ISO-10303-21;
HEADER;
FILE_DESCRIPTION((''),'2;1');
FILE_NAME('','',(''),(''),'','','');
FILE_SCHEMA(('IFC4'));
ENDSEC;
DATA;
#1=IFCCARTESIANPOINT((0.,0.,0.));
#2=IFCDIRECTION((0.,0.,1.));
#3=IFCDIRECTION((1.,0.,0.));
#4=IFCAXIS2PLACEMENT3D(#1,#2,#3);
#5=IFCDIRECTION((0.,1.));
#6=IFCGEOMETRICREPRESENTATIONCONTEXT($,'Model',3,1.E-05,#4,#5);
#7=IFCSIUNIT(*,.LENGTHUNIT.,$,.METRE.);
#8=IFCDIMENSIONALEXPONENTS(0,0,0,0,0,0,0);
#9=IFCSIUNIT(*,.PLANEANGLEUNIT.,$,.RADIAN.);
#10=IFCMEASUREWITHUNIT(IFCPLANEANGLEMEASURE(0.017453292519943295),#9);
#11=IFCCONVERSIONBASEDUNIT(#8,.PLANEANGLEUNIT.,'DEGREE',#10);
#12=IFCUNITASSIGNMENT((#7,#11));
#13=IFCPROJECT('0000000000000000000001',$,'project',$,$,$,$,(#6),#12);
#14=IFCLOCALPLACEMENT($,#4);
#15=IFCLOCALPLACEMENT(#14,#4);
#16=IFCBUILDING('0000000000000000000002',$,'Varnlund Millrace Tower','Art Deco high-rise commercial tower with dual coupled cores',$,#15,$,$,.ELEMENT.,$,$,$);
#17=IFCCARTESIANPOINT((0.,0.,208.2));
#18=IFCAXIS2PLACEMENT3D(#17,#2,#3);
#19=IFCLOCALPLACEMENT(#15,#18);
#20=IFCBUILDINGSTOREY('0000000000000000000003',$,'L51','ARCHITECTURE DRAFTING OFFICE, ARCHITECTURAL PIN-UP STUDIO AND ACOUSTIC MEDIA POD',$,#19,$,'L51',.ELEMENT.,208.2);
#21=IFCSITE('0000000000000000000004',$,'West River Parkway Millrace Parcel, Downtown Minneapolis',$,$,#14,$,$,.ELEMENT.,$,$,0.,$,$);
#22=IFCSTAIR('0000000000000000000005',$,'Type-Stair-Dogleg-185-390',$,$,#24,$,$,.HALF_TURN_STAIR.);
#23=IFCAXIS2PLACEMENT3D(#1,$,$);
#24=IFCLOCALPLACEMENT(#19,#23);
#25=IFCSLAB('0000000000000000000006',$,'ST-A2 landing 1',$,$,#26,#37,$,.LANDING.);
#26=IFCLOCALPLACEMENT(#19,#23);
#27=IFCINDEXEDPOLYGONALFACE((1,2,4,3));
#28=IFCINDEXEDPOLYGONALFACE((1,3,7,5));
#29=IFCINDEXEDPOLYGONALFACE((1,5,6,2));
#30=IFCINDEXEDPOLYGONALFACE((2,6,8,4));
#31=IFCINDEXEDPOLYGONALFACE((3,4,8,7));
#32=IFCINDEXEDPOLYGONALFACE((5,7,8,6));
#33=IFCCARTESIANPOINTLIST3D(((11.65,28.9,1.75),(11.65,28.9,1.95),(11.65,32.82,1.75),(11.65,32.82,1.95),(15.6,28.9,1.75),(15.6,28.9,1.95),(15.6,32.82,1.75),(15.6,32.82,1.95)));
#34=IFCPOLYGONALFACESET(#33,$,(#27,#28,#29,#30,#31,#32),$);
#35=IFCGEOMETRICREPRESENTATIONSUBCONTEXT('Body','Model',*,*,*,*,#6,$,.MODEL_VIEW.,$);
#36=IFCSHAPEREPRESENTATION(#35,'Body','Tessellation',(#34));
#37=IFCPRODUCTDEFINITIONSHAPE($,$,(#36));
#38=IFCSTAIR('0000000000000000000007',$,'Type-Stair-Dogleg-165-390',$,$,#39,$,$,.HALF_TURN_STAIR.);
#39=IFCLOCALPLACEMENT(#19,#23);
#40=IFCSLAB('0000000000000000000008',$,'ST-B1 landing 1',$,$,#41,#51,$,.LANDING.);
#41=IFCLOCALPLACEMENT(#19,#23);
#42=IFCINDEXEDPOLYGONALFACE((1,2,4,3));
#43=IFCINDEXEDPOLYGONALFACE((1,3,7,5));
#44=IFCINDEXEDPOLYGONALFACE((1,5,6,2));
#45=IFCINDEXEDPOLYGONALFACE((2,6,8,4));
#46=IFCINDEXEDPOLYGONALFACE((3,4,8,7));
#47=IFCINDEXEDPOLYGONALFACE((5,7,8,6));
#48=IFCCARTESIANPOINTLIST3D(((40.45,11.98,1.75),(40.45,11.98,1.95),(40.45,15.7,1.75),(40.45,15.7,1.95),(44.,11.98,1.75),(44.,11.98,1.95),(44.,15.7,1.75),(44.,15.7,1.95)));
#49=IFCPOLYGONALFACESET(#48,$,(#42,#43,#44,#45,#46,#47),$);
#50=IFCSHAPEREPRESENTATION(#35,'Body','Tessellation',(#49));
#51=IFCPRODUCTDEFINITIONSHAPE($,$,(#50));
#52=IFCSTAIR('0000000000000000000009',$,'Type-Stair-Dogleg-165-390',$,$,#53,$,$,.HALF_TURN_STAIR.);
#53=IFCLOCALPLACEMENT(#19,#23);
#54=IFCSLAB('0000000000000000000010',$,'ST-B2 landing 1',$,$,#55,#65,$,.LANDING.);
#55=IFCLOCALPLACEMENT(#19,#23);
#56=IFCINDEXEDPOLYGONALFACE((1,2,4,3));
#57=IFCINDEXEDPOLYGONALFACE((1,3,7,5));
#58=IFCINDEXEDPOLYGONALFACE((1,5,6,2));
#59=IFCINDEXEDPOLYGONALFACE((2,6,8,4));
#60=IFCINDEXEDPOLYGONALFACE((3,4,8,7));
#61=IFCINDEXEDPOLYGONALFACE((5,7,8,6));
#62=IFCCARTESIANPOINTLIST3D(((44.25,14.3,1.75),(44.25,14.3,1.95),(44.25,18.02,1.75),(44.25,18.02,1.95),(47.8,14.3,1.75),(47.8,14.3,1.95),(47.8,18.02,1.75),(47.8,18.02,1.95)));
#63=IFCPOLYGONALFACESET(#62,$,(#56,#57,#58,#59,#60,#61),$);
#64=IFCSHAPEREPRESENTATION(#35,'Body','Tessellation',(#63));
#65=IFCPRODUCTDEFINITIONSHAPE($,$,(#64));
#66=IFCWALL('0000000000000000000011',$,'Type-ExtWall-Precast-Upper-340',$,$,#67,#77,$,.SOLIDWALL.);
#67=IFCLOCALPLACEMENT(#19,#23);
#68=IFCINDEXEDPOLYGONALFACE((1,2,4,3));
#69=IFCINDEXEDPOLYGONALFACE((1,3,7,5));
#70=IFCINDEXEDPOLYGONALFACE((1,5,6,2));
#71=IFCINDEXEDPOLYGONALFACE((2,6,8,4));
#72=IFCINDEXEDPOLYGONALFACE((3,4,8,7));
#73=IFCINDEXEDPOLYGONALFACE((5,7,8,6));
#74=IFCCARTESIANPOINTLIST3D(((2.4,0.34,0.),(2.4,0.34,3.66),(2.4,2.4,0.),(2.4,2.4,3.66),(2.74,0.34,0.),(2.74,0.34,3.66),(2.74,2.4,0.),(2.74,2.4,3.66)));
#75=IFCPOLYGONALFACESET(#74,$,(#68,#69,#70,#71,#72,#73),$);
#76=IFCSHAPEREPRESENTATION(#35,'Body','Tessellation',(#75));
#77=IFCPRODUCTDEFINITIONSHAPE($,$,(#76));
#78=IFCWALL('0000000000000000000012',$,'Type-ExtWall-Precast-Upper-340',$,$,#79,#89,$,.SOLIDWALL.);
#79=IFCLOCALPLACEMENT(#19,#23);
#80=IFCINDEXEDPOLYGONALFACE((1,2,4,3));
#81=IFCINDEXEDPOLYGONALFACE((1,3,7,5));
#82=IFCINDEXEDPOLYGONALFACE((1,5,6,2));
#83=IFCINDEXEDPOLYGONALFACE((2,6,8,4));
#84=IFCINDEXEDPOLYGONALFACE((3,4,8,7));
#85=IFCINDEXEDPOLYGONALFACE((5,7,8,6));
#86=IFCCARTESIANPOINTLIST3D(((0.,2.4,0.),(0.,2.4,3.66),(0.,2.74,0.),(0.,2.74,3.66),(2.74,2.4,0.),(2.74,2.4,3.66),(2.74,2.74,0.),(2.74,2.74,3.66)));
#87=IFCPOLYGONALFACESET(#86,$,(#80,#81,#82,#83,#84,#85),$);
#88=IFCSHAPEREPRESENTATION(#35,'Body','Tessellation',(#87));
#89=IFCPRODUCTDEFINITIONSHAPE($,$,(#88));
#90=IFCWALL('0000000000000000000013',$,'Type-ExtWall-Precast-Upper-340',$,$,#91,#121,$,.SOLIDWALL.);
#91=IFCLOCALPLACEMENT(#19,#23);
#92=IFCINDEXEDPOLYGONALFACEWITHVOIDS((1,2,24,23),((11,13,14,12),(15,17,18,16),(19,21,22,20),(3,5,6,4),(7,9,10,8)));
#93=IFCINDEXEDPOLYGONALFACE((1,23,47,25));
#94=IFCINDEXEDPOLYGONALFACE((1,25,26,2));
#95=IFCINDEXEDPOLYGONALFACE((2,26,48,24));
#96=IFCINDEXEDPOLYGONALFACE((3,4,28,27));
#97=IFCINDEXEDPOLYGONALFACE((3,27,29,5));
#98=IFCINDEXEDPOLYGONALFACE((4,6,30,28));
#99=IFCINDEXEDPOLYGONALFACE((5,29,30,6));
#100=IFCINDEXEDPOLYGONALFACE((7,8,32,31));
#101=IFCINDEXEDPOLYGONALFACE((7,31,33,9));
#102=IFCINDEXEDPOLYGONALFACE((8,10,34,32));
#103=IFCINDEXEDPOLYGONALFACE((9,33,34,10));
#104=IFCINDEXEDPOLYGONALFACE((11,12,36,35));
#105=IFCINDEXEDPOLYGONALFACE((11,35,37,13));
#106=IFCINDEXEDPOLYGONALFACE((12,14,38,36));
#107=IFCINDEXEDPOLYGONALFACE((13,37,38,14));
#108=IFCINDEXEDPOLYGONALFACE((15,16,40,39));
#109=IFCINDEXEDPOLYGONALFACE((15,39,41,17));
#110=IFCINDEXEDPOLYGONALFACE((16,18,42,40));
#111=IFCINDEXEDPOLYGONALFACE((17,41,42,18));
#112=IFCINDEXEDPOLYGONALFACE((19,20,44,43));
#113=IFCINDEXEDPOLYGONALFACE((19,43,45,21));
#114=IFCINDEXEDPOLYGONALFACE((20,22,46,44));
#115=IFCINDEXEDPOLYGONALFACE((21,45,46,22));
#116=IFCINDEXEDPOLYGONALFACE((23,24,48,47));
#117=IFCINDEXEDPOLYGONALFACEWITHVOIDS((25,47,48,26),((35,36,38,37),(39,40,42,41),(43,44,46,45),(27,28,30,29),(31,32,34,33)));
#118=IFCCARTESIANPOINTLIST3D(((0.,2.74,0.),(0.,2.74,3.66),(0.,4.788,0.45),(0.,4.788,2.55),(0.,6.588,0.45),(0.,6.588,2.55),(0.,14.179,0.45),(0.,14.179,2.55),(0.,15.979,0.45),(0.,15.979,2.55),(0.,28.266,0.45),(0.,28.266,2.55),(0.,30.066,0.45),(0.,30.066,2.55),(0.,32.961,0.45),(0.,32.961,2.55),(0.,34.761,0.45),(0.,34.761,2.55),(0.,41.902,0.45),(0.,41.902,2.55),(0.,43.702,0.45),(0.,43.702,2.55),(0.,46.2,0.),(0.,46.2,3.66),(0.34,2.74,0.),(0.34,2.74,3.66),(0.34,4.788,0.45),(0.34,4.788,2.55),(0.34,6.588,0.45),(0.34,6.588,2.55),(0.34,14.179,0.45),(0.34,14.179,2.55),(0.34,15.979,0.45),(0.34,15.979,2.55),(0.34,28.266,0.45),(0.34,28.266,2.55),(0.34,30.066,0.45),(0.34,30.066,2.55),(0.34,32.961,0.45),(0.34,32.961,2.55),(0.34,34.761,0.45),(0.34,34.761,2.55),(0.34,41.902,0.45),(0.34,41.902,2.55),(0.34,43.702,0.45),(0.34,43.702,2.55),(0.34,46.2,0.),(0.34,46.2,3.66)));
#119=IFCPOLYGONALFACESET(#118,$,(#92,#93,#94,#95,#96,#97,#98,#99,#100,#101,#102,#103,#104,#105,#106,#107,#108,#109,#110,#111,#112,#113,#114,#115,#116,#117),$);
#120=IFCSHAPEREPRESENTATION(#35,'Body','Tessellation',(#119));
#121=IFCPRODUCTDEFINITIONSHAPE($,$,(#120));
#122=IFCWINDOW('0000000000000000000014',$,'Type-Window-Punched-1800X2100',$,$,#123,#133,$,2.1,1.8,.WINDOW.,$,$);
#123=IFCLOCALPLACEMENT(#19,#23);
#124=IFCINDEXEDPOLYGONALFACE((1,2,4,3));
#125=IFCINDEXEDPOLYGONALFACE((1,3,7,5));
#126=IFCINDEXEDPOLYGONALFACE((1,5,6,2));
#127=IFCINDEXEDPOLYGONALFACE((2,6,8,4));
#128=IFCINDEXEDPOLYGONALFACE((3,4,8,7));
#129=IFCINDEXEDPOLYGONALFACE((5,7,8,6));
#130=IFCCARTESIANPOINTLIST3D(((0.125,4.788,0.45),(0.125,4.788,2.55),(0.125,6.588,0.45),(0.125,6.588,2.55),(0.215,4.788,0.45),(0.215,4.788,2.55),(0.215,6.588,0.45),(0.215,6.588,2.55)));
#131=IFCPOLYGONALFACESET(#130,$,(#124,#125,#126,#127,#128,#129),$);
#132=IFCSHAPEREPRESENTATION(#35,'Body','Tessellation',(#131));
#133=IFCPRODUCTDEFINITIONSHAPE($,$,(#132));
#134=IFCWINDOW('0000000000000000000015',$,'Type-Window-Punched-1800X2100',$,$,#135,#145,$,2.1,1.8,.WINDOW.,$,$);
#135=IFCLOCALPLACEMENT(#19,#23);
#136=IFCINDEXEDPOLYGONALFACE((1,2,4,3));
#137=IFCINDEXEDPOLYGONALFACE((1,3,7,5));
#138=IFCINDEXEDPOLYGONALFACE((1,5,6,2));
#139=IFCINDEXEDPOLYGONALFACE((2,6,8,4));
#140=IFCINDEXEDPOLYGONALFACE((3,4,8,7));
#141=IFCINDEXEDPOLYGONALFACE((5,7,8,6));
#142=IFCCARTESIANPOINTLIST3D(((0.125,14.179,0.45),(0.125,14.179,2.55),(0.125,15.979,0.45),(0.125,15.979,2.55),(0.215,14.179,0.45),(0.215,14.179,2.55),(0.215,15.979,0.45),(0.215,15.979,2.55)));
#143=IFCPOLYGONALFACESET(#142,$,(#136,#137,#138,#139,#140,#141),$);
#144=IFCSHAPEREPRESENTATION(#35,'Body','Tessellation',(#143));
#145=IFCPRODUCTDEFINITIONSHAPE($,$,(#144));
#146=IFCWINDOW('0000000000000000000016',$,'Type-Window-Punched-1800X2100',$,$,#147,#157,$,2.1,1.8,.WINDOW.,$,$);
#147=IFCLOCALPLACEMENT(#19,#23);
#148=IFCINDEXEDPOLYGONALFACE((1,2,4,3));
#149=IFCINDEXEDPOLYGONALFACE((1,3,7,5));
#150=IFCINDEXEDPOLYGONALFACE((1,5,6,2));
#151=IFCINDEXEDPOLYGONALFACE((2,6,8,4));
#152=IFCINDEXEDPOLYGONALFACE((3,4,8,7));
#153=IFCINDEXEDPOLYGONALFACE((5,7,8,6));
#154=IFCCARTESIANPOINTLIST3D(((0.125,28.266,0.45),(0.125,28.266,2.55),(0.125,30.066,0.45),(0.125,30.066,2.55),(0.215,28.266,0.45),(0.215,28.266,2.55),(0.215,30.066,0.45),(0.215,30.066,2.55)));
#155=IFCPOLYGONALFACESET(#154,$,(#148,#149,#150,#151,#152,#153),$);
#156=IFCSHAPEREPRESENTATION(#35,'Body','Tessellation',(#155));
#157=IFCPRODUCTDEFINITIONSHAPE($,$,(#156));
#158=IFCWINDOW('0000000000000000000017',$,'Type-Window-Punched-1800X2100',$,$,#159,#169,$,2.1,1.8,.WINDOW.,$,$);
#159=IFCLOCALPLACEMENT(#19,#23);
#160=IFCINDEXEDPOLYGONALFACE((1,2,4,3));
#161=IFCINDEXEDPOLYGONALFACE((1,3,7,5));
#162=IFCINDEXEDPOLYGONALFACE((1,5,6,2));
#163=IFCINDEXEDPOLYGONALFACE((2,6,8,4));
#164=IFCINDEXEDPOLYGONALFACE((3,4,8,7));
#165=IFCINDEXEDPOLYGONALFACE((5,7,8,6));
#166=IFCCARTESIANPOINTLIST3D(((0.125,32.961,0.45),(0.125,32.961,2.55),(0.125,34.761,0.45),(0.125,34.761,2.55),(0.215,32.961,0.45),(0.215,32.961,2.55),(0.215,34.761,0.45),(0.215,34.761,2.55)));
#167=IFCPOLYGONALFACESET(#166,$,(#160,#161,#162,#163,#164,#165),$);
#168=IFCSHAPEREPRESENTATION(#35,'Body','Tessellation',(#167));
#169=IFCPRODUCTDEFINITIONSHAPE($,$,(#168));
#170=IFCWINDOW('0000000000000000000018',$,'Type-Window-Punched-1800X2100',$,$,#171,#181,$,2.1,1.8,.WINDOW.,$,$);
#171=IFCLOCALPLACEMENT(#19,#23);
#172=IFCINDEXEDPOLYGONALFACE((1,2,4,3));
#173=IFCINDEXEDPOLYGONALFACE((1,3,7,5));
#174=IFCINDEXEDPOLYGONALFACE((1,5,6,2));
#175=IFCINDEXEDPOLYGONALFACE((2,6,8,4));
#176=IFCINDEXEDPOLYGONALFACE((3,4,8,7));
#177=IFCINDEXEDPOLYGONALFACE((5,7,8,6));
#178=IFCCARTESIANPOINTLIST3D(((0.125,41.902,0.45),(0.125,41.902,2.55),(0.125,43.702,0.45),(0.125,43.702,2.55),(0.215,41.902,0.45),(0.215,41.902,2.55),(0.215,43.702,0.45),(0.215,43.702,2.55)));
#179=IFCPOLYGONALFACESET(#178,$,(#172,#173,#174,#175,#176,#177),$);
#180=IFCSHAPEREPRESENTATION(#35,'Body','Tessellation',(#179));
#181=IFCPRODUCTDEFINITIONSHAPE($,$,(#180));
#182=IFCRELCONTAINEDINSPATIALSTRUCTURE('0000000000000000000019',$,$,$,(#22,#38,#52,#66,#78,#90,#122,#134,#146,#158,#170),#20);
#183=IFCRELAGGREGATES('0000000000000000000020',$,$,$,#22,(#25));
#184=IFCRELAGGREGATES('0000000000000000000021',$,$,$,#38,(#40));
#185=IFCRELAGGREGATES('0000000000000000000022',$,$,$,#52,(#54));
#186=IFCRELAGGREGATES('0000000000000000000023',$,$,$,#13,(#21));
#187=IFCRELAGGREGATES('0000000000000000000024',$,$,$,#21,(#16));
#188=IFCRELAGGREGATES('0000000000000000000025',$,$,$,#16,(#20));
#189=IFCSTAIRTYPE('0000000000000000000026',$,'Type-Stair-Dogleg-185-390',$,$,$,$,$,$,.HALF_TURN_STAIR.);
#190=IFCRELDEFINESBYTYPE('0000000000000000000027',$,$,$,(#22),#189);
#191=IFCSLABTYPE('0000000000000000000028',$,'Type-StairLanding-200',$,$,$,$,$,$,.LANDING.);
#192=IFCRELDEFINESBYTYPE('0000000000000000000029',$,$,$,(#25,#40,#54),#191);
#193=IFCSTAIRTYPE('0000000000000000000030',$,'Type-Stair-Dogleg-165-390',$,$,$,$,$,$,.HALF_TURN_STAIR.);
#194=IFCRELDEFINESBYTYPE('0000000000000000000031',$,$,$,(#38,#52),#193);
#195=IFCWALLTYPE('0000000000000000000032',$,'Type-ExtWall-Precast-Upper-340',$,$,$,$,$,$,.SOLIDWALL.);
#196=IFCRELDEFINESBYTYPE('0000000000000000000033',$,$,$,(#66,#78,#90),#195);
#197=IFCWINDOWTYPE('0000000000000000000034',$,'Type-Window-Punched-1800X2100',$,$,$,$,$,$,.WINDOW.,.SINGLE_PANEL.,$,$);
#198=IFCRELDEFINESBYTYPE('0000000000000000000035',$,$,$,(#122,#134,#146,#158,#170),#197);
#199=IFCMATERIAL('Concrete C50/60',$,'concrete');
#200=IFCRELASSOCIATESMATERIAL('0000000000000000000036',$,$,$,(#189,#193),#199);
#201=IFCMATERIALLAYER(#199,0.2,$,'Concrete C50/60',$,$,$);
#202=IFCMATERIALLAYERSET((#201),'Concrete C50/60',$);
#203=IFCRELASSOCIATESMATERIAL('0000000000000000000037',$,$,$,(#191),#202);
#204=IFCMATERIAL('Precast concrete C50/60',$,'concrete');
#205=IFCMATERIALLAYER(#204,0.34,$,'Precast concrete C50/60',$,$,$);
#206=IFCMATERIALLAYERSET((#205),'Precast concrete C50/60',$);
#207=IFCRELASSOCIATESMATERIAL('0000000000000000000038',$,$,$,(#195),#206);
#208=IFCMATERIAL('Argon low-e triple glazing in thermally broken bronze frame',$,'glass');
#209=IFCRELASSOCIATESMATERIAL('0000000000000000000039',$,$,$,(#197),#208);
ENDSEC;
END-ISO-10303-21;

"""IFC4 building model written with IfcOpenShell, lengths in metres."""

from ifc_helpers import new_model, entity, si_unit, converted_unit, direction, frame, origin_with_axes, origin_2d_with_axis, place, context, subcontext, project, spatial, polyline, rectangle, outline, extrude, material, layer, layer_set, type_object, element, fill, aggregate, save


model = new_model("IFC4")

# Units and contexts
model_context = context("Model", 3, precision=1e-05, world=origin_with_axes(), true_north=direction((0.0, 1.0)))
body_context = subcontext(model_context, "Body", "Model", "MODEL_VIEW")
ifc_project = project(units=[si_unit("LENGTHUNIT", "METRE"), converted_unit("PLANEANGLEUNIT", "DEGREE", entity("IfcPlaneAngleMeasure", 0.017453292519943295), si_unit("PLANEANGLEUNIT", "RADIAN"), dimensions=[0, 0, 0, 0, 0, 0, 0])], contexts=[model_context])

# Site, building, storey
site_placement = place(None, origin_with_axes())
site = spatial("IfcSite", under=ifc_project, at=site_placement, Name="West River Parkway Millrace Parcel, Downtown Minneapolis", CompositionType="ELEMENT", RefElevation=0.0)
building_placement = place(site_placement, origin_with_axes())
building = spatial("IfcBuilding", under=site, at=building_placement, Name="Varnlund Millrace Tower", Description="Art Deco high-rise commercial tower with dual coupled cores", CompositionType="ELEMENT")
storey_placement = place(building_placement, frame((0.0, 0.0, 208.2), z_axis=(0.0, 0.0, 1.0), x_axis=(1.0, 0.0, 0.0)))
storey = spatial("IfcBuildingStorey", under=building, at=storey_placement, Name="L51", Description="ARCHITECTURE DRAFTING OFFICE, ARCHITECTURAL PIN-UP STUDIO AND ACOUSTIC MEDIA POD", LongName="L51", CompositionType="ELEMENT", Elevation=208.2)

# Stairs, slabs
ifc_material_1 = material(Name="Concrete C50/60", Category="concrete")
stair_type_1 = type_object("IfcStairType", Name="Type-Stair-Dogleg-185-390", PredefinedType="HALF_TURN_STAIR", material=ifc_material_1)
ifc_layer_1 = layer(ifc_material_1, 0.2, Name="Concrete C50/60")
ifc_layer_set_1 = layer_set([ifc_layer_1], Name="Concrete C50/60")
slab_type = type_object("IfcSlabType", Name="Type-StairLanding-200", PredefinedType="LANDING", material=ifc_layer_set_1)
stair_1_placement = place(storey_placement, origin_with_axes())
stair_1 = element("IfcStair", 1, at=stair_1_placement, inside=storey, type_object=stair_type_1, Name="Type-Stair-Dogleg-185-390", PredefinedType="HALF_TURN_STAIR")
slab_1_placement = place(storey_placement, frame((0.0, 0.0, 1.75), z_axis=(0.0, 0.0, 1.0), x_axis=(1.0, 0.0, 0.0)))
slab_1 = element("IfcSlab", 2, at=slab_1_placement, type_object=slab_type, Name="ST-A2 landing 1", PredefinedType="LANDING", context=body_context, shape_type="SweptSolid", body=[
    extrude(outline(polyline([(11.65, 32.82), (11.65, 28.9), (15.6, 28.9), (15.6, 32.82), (11.65, 32.82)])), origin_with_axes(), (0.0, 0.0, 1.0), 0.2),
])
aggregate(stair_1, [slab_1])
stair_type_2 = type_object("IfcStairType", Name="Type-Stair-Dogleg-165-390", PredefinedType="HALF_TURN_STAIR", material=ifc_material_1)
stair_2_placement = place(storey_placement, origin_with_axes())
stair_2 = element("IfcStair", 3, at=stair_2_placement, inside=storey, type_object=stair_type_2, Name="Type-Stair-Dogleg-165-390", PredefinedType="HALF_TURN_STAIR")
slab_2_placement = place(storey_placement, frame((0.0, 0.0, 1.75), z_axis=(0.0, 0.0, 1.0), x_axis=(1.0, 0.0, 0.0)))
slab_2 = element("IfcSlab", 4, at=slab_2_placement, type_object=slab_type, Name="ST-B1 landing 1", PredefinedType="LANDING", context=body_context, shape_type="SweptSolid", body=[
    extrude(outline(polyline([(44.0, 11.98), (44.0, 15.7), (40.45, 15.7), (40.45, 11.98), (44.0, 11.98)])), origin_with_axes(), (0.0, 0.0, 1.0), 0.2),
])
aggregate(stair_2, [slab_2])
stair_3_placement = place(storey_placement, origin_with_axes())
stair_3 = element("IfcStair", 5, at=stair_3_placement, inside=storey, type_object=stair_type_2, Name="Type-Stair-Dogleg-165-390", PredefinedType="HALF_TURN_STAIR")
slab_3_placement = place(storey_placement, frame((0.0, 0.0, 1.75), z_axis=(0.0, 0.0, 1.0), x_axis=(1.0, 0.0, 0.0)))
slab_3 = element("IfcSlab", 6, at=slab_3_placement, type_object=slab_type, Name="ST-B2 landing 1", PredefinedType="LANDING", context=body_context, shape_type="SweptSolid", body=[
    extrude(outline(polyline([(44.25, 18.02), (44.25, 14.3), (47.8, 14.3), (47.8, 18.02), (44.25, 18.02)])), origin_with_axes(), (0.0, 0.0, 1.0), 0.2),
])
aggregate(stair_3, [slab_3])

# Walls
ifc_material_2 = material(Name="Precast concrete C50/60", Category="concrete")
ifc_layer_2 = layer(ifc_material_2, 0.34, Name="Precast concrete C50/60")
ifc_layer_set_2 = layer_set([ifc_layer_2], Name="Precast concrete C50/60")
wall_type = type_object("IfcWallType", Name="Type-ExtWall-Precast-Upper-340", PredefinedType="SOLIDWALL", material=ifc_layer_set_2)
wall_1_placement = place(storey_placement, frame((2.57, 0.34, 0.0), z_axis=(0.0, 0.0, 1.0), x_axis=(0.0, 1.0, 0.0)))
element("IfcWall", 7, at=wall_1_placement, inside=storey, type_object=wall_type, Name="Type-ExtWall-Precast-Upper-340", PredefinedType="SOLIDWALL", context=body_context, shape_type="SweptSolid", body=[
    extrude(outline(polyline([(0.0, -0.17), (2.06, -0.17), (2.06, 0.17), (0.0, 0.17), (0.0, -0.17)])), origin_with_axes(), (0.0, 0.0, 1.0), 3.66),
])
wall_2_placement = place(storey_placement, frame((2.74, 2.57, 0.0), z_axis=(0.0, 0.0, 1.0), x_axis=(-1.0, 0.0, 0.0)))
element("IfcWall", 8, at=wall_2_placement, inside=storey, type_object=wall_type, Name="Type-ExtWall-Precast-Upper-340", PredefinedType="SOLIDWALL", context=body_context, shape_type="SweptSolid", body=[
    extrude(outline(polyline([(0.0, -0.17), (2.74, -0.17), (2.74, 0.17), (0.0, 0.17), (0.0, -0.17)])), origin_with_axes(), (0.0, 0.0, 1.0), 3.66),
])

# Wall, openings, windows
wall_3_placement = place(storey_placement, frame((0.17, 2.74, 0.0), z_axis=(0.0, 0.0, 1.0), x_axis=(0.0, 1.0, 0.0)))
wall_3 = element("IfcWall", 9, at=wall_3_placement, inside=storey, type_object=wall_type, Name="Type-ExtWall-Precast-Upper-340", PredefinedType="SOLIDWALL", context=body_context, shape_type="SweptSolid", body=[
    extrude(outline(polyline([(0.0, -0.17), (43.46, -0.17), (43.46, 0.17), (0.0, 0.17), (0.0, -0.17)])), origin_with_axes(), (0.0, 0.0, 1.0), 3.66),
])
opening_1_placement = place(wall_3_placement, frame((2.948, 0.0, 0.45), z_axis=(0.0, 0.0, 1.0), x_axis=(1.0, 0.0, 0.0)))
opening_1 = element("IfcOpeningElement", 10, at=opening_1_placement, cuts=wall_3, PredefinedType="OPENING", context=body_context, shape_type="SweptSolid", body=[
    extrude(rectangle(XDim=1.8, YDim=0.36, at=origin_2d_with_axis()), origin_with_axes(), (0.0, 0.0, 1.0), 2.1),
])
opening_2_placement = place(wall_3_placement, frame((12.339, 0.0, 0.45), z_axis=(0.0, 0.0, 1.0), x_axis=(1.0, 0.0, 0.0)))
opening_2 = element("IfcOpeningElement", 11, at=opening_2_placement, cuts=wall_3, PredefinedType="OPENING", context=body_context, shape_type="SweptSolid", body=[
    extrude(rectangle(XDim=1.8, YDim=0.36, at=origin_2d_with_axis()), origin_with_axes(), (0.0, 0.0, 1.0), 2.1),
])
opening_3_placement = place(wall_3_placement, frame((26.426, 0.0, 0.45), z_axis=(0.0, 0.0, 1.0), x_axis=(1.0, 0.0, 0.0)))
opening_3 = element("IfcOpeningElement", 12, at=opening_3_placement, cuts=wall_3, PredefinedType="OPENING", context=body_context, shape_type="SweptSolid", body=[
    extrude(rectangle(XDim=1.8, YDim=0.36, at=origin_2d_with_axis()), origin_with_axes(), (0.0, 0.0, 1.0), 2.1),
])
opening_4_placement = place(wall_3_placement, frame((31.121, 0.0, 0.45), z_axis=(0.0, 0.0, 1.0), x_axis=(1.0, 0.0, 0.0)))
opening_4 = element("IfcOpeningElement", 13, at=opening_4_placement, cuts=wall_3, PredefinedType="OPENING", context=body_context, shape_type="SweptSolid", body=[
    extrude(rectangle(XDim=1.8, YDim=0.36, at=origin_2d_with_axis()), origin_with_axes(), (0.0, 0.0, 1.0), 2.1),
])
opening_5_placement = place(wall_3_placement, frame((40.062, 0.0, 0.45), z_axis=(0.0, 0.0, 1.0), x_axis=(1.0, 0.0, 0.0)))
opening_5 = element("IfcOpeningElement", 14, at=opening_5_placement, cuts=wall_3, PredefinedType="OPENING", context=body_context, shape_type="SweptSolid", body=[
    extrude(rectangle(XDim=1.8, YDim=0.36, at=origin_2d_with_axis()), origin_with_axes(), (0.0, 0.0, 1.0), 2.1),
])
ifc_material_3 = material(Name="Argon low-e triple glazing in thermally broken bronze frame", Category="glass")
window_type = type_object("IfcWindowType", Name="Type-Window-Punched-1800X2100", PartitioningType="SINGLE_PANEL", PredefinedType="WINDOW", material=ifc_material_3)
window_1_placement = place(wall_3_placement, frame((2.948, 0.0, 0.45), z_axis=(0.0, 0.0, 1.0), x_axis=(1.0, 0.0, 0.0)))
window_1 = element("IfcWindow", 15, at=window_1_placement, inside=storey, type_object=window_type, Name="Type-Window-Punched-1800X2100", OverallHeight=2.1, OverallWidth=1.8, PredefinedType="WINDOW", context=body_context, shape_type="SweptSolid", body=[
    extrude(rectangle(XDim=1.8, YDim=0.09, at=origin_2d_with_axis()), origin_with_axes(), (0.0, 0.0, 1.0), 2.1),
])
fill(opening_1, window_1)
window_2_placement = place(wall_3_placement, frame((12.339, 0.0, 0.45), z_axis=(0.0, 0.0, 1.0), x_axis=(1.0, 0.0, 0.0)))
window_2 = element("IfcWindow", 16, at=window_2_placement, inside=storey, type_object=window_type, Name="Type-Window-Punched-1800X2100", OverallHeight=2.1, OverallWidth=1.8, PredefinedType="WINDOW", context=body_context, shape_type="SweptSolid", body=[
    extrude(rectangle(XDim=1.8, YDim=0.09, at=origin_2d_with_axis()), origin_with_axes(), (0.0, 0.0, 1.0), 2.1),
])
fill(opening_2, window_2)
window_3_placement = place(wall_3_placement, frame((26.426, 0.0, 0.45), z_axis=(0.0, 0.0, 1.0), x_axis=(1.0, 0.0, 0.0)))
window_3 = element("IfcWindow", 17, at=window_3_placement, inside=storey, type_object=window_type, Name="Type-Window-Punched-1800X2100", OverallHeight=2.1, OverallWidth=1.8, PredefinedType="WINDOW", context=body_context, shape_type="SweptSolid", body=[
    extrude(rectangle(XDim=1.8, YDim=0.09, at=origin_2d_with_axis()), origin_with_axes(), (0.0, 0.0, 1.0), 2.1),
])
fill(opening_3, window_3)
window_4_placement = place(wall_3_placement, frame((31.121, 0.0, 0.45), z_axis=(0.0, 0.0, 1.0), x_axis=(1.0, 0.0, 0.0)))
window_4 = element("IfcWindow", 18, at=window_4_placement, inside=storey, type_object=window_type, Name="Type-Window-Punched-1800X2100", OverallHeight=2.1, OverallWidth=1.8, PredefinedType="WINDOW", context=body_context, shape_type="SweptSolid", body=[
    extrude(rectangle(XDim=1.8, YDim=0.09, at=origin_2d_with_axis()), origin_with_axes(), (0.0, 0.0, 1.0), 2.1),
])
fill(opening_4, window_4)
window_5_placement = place(wall_3_placement, frame((40.062, 0.0, 0.45), z_axis=(0.0, 0.0, 1.0), x_axis=(1.0, 0.0, 0.0)))
window_5 = element("IfcWindow", 19, at=window_5_placement, inside=storey, type_object=window_type, Name="Type-Window-Punched-1800X2100", OverallHeight=2.1, OverallWidth=1.8, PredefinedType="WINDOW", context=body_context, shape_type="SweptSolid", body=[
    extrude(rectangle(XDim=1.8, YDim=0.09, at=origin_2d_with_axis()), origin_with_axes(), (0.0, 0.0, 1.0), 2.1),
])
fill(opening_5, window_5)

save(model, "model.ifc")
